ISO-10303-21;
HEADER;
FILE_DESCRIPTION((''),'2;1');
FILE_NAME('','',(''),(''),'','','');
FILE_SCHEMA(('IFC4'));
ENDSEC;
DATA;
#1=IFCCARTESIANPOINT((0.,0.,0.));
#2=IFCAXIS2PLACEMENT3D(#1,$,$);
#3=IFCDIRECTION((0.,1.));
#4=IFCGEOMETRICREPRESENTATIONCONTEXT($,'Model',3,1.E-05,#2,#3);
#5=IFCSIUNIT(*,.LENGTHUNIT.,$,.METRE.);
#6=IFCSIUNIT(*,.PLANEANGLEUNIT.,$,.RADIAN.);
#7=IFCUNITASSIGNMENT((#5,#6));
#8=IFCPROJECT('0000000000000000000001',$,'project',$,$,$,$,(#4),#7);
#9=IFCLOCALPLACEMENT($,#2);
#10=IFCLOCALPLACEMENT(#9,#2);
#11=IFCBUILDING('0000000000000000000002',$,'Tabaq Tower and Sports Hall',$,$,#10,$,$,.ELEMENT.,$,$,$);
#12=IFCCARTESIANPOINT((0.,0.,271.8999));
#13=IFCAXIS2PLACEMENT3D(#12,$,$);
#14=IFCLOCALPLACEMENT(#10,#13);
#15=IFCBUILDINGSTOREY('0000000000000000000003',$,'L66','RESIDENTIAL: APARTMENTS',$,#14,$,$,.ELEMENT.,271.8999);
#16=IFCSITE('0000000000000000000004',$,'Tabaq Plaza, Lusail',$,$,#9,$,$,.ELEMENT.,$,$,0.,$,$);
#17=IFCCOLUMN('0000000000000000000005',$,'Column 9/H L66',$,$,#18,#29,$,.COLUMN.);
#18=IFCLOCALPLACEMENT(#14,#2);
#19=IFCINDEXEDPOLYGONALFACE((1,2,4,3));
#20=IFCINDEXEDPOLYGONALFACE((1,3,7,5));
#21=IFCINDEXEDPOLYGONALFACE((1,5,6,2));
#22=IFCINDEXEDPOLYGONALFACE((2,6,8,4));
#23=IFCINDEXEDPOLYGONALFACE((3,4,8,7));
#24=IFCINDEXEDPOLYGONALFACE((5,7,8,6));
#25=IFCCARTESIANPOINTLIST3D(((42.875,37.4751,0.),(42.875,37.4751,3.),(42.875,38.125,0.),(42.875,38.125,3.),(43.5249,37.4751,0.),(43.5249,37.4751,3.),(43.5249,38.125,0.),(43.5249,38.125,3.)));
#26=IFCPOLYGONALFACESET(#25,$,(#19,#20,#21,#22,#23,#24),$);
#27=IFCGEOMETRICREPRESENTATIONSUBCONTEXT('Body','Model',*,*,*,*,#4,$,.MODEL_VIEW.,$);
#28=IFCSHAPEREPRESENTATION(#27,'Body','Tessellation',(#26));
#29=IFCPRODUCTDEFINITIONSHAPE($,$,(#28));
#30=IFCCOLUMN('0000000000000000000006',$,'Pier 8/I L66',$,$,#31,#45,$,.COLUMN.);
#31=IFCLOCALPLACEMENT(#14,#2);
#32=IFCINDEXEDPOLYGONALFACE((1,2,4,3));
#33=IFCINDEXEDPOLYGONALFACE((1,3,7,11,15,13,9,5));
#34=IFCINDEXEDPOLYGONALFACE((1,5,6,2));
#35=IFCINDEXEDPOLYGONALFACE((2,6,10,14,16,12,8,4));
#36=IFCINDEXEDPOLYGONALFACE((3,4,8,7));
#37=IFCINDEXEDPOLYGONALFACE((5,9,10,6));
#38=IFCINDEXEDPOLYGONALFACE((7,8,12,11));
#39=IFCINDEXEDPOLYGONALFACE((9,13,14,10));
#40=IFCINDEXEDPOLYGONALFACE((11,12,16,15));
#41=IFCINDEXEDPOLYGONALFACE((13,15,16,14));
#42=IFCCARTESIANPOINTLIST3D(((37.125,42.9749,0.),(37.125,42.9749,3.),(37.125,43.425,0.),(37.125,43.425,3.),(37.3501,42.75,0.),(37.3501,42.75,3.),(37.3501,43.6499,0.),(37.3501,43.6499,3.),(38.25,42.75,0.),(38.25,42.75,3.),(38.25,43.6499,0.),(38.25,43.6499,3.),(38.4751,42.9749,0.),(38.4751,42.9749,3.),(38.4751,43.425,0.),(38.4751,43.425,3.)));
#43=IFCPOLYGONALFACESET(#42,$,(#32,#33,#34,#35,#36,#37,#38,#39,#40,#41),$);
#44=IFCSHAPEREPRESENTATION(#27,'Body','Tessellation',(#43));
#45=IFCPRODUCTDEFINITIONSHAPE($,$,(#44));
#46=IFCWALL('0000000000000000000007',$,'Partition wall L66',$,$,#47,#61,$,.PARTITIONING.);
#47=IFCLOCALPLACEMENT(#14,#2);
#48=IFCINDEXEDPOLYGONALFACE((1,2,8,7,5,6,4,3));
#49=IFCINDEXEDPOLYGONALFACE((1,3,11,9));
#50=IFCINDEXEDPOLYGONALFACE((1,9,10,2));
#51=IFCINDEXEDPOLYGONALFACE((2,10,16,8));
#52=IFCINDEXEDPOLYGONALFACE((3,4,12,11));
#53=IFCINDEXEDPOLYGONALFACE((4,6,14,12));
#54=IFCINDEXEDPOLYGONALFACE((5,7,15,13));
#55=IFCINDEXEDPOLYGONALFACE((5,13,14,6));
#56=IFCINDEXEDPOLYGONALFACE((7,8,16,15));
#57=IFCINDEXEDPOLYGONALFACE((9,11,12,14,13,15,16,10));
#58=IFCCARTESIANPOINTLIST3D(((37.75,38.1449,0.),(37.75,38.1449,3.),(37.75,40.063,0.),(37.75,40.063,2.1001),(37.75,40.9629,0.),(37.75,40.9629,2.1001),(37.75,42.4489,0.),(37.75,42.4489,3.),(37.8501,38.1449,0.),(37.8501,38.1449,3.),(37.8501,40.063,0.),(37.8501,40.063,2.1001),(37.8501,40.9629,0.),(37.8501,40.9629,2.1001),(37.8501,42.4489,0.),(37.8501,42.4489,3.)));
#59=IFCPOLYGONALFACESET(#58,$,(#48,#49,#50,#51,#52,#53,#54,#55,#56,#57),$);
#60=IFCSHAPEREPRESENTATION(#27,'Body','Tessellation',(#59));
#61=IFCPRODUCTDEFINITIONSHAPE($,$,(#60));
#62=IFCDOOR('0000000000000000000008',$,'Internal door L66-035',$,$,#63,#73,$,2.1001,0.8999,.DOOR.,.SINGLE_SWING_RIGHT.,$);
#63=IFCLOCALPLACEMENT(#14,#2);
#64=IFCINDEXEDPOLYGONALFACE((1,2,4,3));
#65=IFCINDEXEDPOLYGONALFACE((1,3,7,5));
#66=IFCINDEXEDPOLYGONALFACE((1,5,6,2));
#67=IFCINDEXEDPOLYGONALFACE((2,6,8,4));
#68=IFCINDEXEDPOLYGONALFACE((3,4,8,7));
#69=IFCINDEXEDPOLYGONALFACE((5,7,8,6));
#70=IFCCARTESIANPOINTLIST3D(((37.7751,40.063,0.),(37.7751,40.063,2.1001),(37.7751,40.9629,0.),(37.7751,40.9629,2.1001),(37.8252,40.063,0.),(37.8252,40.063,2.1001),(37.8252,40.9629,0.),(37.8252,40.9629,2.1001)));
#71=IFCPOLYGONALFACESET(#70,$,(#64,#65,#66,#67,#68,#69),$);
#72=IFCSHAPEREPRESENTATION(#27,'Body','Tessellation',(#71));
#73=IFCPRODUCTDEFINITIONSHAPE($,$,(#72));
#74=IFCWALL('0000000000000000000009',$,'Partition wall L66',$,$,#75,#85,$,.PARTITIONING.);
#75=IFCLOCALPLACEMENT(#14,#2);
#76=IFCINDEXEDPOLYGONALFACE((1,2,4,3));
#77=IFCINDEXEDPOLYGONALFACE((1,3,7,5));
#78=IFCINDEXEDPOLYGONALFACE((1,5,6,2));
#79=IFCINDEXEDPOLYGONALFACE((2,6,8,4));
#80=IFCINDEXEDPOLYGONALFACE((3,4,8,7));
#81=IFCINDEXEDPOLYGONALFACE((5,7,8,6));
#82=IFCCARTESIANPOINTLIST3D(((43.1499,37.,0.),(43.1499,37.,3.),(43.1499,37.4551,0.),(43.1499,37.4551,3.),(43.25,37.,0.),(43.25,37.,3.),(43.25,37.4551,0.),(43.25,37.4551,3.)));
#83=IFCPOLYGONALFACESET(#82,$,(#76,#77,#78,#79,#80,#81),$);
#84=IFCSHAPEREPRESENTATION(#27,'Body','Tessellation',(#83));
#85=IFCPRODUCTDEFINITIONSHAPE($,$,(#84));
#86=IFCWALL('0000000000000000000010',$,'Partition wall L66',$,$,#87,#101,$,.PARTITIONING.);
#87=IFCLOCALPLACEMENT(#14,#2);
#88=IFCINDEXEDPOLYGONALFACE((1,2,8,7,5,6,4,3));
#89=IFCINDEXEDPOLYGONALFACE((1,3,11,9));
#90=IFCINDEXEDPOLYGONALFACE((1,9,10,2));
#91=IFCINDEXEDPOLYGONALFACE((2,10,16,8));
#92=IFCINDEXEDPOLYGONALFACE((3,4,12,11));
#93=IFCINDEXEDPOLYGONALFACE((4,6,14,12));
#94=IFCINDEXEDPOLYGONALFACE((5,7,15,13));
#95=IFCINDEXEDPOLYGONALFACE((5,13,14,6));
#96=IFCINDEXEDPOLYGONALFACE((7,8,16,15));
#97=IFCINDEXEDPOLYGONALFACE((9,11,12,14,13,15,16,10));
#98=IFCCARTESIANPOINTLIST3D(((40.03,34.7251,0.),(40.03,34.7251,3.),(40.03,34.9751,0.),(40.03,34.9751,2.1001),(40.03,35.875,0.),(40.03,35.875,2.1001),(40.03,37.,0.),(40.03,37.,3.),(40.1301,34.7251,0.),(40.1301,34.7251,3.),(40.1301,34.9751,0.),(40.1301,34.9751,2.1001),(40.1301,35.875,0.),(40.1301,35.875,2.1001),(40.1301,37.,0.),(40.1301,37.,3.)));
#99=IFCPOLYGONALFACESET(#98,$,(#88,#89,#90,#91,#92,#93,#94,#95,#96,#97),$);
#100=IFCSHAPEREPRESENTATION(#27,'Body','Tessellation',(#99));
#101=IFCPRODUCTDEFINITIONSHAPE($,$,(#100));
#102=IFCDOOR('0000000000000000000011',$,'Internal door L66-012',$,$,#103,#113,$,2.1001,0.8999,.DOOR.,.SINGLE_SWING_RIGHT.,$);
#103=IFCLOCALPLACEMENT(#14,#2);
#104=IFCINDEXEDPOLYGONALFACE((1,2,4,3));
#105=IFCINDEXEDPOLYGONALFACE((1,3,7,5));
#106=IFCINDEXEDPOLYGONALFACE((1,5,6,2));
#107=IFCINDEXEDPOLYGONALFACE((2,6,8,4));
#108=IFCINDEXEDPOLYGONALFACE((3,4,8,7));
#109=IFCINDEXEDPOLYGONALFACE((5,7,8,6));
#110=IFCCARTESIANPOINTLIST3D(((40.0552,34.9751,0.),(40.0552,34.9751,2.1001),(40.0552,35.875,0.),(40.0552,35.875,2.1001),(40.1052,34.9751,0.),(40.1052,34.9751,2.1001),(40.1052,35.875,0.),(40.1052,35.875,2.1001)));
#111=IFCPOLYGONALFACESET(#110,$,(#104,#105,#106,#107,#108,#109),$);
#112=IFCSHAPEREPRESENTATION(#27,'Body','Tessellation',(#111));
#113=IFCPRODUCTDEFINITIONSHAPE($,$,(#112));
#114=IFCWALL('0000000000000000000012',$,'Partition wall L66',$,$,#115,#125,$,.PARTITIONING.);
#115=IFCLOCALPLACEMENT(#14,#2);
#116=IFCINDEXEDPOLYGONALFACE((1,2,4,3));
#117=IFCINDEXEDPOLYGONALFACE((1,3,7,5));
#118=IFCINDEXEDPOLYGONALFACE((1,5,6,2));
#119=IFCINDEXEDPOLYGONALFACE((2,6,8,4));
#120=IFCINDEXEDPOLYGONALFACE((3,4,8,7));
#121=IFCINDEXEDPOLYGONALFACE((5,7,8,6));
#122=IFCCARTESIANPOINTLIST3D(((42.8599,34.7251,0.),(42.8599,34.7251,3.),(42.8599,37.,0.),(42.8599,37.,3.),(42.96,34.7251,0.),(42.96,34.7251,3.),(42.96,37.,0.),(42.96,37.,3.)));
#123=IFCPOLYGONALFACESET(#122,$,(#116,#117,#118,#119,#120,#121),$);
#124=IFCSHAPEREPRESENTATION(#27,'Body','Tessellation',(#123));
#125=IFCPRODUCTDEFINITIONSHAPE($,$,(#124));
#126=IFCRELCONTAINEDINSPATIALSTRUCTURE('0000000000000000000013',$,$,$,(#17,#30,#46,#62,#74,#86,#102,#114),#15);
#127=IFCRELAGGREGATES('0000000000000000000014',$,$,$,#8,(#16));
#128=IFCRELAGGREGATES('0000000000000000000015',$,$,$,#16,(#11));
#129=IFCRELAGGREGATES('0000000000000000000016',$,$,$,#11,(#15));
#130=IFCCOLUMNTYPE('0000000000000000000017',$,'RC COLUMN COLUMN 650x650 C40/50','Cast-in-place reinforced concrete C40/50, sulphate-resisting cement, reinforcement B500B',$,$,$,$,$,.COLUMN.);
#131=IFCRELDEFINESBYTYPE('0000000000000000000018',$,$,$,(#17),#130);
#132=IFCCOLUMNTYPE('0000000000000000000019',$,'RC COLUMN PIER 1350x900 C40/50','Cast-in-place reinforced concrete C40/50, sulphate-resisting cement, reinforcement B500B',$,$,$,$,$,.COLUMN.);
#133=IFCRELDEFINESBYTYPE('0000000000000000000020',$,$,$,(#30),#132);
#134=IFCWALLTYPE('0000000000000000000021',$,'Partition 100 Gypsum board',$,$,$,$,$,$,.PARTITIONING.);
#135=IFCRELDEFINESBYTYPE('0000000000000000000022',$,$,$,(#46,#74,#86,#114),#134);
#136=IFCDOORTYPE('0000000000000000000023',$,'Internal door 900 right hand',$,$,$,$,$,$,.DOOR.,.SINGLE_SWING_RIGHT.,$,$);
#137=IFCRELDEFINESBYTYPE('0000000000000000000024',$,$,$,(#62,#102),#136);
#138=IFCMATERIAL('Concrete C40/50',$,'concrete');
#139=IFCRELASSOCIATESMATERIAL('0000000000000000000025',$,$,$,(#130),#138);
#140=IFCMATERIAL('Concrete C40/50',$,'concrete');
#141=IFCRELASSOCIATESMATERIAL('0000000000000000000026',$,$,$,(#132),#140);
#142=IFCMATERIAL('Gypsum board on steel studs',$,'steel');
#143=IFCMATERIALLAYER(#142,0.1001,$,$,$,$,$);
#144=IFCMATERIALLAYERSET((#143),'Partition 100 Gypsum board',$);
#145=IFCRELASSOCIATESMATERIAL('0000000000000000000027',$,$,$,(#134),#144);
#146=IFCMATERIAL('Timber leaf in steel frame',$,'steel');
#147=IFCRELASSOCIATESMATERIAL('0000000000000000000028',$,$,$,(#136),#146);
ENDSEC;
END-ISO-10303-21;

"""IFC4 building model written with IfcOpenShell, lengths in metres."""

from ifc_helpers import new_model, si_unit, direction, frame, frame_2d, origin, origin_2d, place, context, subcontext, project, spatial, polyline, rectangle, outline, extrude, material, layer, layer_set, material_profile, profile_set, type_object, element, fill, save


model = new_model("IFC4")

# Units and contexts
model_context = context("Model", 3, precision=1e-05, world=origin(), true_north=direction((0.0, 1.0)))
body_context = subcontext(model_context, "Body", "Model", "MODEL_VIEW")
ifc_project = project(units=[si_unit("LENGTHUNIT", "METRE"), si_unit("PLANEANGLEUNIT", "RADIAN")], contexts=[model_context])

# Site, building, storey
site_placement = place(None, origin())
site = spatial("IfcSite", under=ifc_project, at=site_placement, Name="Tabaq Plaza, Lusail", CompositionType="ELEMENT", RefElevation=0.0)
building_placement = place(site_placement, origin())
building = spatial("IfcBuilding", under=site, at=building_placement, Name="Tabaq Tower and Sports Hall", CompositionType="ELEMENT")
storey_placement = place(building_placement, frame((0.0, 0.0, 271.8999)))
storey = spatial("IfcBuildingStorey", under=building, at=storey_placement, Name="L66", Description="RESIDENTIAL: APARTMENTS", CompositionType="ELEMENT", Elevation=271.8999)

# Columns
ifc_material_1 = material(Name="Concrete C40/50", Category="concrete")
ifc_material_profile_1 = material_profile(ifc_material_1, rectangle(XDim=0.6499, YDim=0.6499, at=origin_2d()), Name="COLUMN 650x650")
ifc_profile_set_1 = profile_set([ifc_material_profile_1], Name="Concrete C40/50")
column_type_1 = type_object("IfcColumnType", Name="RC COLUMN COLUMN 650x650 C40/50", Description="Cast-in-place reinforced concrete C40/50, sulphate-resisting cement, reinforcement B500B", PredefinedType="COLUMN", material=ifc_profile_set_1)
column_1_placement = place(storey_placement, frame((43.2, 37.8, 0.0), z_axis=(0.0, 0.0, 1.0), x_axis=(1.0, 0.0, 0.0)))
element("IfcColumn", 1, at=column_1_placement, inside=storey, type_object=column_type_1, Name="Column 9/H L66", PredefinedType="COLUMN", context=body_context, shape_type="SweptSolid", body=[
    extrude(rectangle(XDim=0.6499, YDim=0.6499, at=origin_2d()), origin(), (0.0, 0.0, 1.0), 3.0),
])
ifc_material_2 = material(Name="Concrete C40/50", Category="concrete")
ifc_material_profile_2 = material_profile(ifc_material_2, outline(polyline([(-0.45, -0.45), (0.45, -0.45), (0.675, -0.2251), (0.675, 0.2251), (0.45, 0.45), (-0.45, 0.45), (-0.675, 0.2251), (-0.675, -0.2251), (-0.45, -0.45)])), Name="PIER 1350x900")
ifc_profile_set_2 = profile_set([ifc_material_profile_2], Name="Concrete C40/50")
column_type_2 = type_object("IfcColumnType", Name="RC COLUMN PIER 1350x900 C40/50", Description="Cast-in-place reinforced concrete C40/50, sulphate-resisting cement, reinforcement B500B", PredefinedType="COLUMN", material=ifc_profile_set_2)
column_2_placement = place(storey_placement, frame((37.8, 43.2, 0.0), z_axis=(0.0, 0.0, 1.0), x_axis=(1.0, 0.0, 0.0)))
element("IfcColumn", 2, at=column_2_placement, inside=storey, type_object=column_type_2, Name="Pier 8/I L66", PredefinedType="COLUMN", context=body_context, shape_type="SweptSolid", body=[
    extrude(outline(polyline([(-0.45, -0.45), (0.45, -0.45), (0.675, -0.2251), (0.675, 0.2251), (0.45, 0.45), (-0.45, 0.45), (-0.675, 0.2251), (-0.675, -0.2251), (-0.45, -0.45)])), origin(), (0.0, 0.0, 1.0), 3.0),
])

# Wall, opening, door
ifc_material_3 = material(Name="Gypsum board on steel studs", Category="steel")
ifc_layer_1 = layer(ifc_material_3, 0.1001)
ifc_layer_set_1 = layer_set([ifc_layer_1], Name="Partition 100 Gypsum board")
wall_type_1 = type_object("IfcWallType", Name="Partition 100 Gypsum board", PredefinedType="PARTITIONING", material=ifc_layer_set_1)
wall_1_placement = place(storey_placement, frame((37.8, 38.145, 0.0), z_axis=(0.0, 0.0, 1.0), x_axis=(0.0, 1.0, 0.0)))
wall_1 = element("IfcWall", 3, at=wall_1_placement, inside=storey, type_object=wall_type_1, Name="Partition wall L66", PredefinedType="PARTITIONING", context=body_context, shape_type="SweptSolid", body=[
    extrude(rectangle(XDim=4.304, YDim=0.1001, at=frame_2d((2.1519, 0.0))), origin(), (0.0, 0.0, 1.0), 3.0),
])
opening_1_placement = place(wall_1_placement, frame((1.918, 0.0, 0.0)))
opening_1 = element("IfcOpeningElement", 4, at=opening_1_placement, cuts=wall_1, PredefinedType="OPENING", context=body_context, shape_type="SweptSolid", body=[
    extrude(rectangle(XDim=0.8999, YDim=2.1001, at=frame_2d((0.45, 1.05))), frame((0.0, 0.05, 0.0), z_axis=(0.0, -1.0, 0.0), x_axis=(1.0, 0.0, 0.0)), (0.0, 0.0, 1.0), 0.1001),
])
ifc_material_4 = material(Name="Timber leaf in steel frame", Category="steel")
door_type = type_object("IfcDoorType", Name="Internal door 900 right hand", OperationType="SINGLE_SWING_RIGHT", PredefinedType="DOOR", material=ifc_material_4)
door_1_placement = place(opening_1_placement, origin())
door_1 = element("IfcDoor", 5, at=door_1_placement, inside=storey, type_object=door_type, Name="Internal door L66-035", OperationType="SINGLE_SWING_RIGHT", OverallHeight=2.1001, OverallWidth=0.8999, PredefinedType="DOOR", context=body_context, shape_type="SweptSolid", body=[
    extrude(rectangle(XDim=0.8999, YDim=2.1001, at=frame_2d((0.45, 1.05))), frame((0.0, 0.0249, 0.0), z_axis=(0.0, -1.0, 0.0), x_axis=(1.0, 0.0, 0.0)), (0.0, 0.0, 1.0), 0.05),
])
fill(opening_1, door_1)

# Wall
wall_2_placement = place(storey_placement, frame((43.2, 37.0, 0.0), z_axis=(0.0, 0.0, 1.0), x_axis=(0.0, 1.0, 0.0)))
element("IfcWall", 6, at=wall_2_placement, inside=storey, type_object=wall_type_1, Name="Partition wall L66", PredefinedType="PARTITIONING", context=body_context, shape_type="SweptSolid", body=[
    extrude(rectangle(XDim=0.4551, YDim=0.1001, at=frame_2d((0.2275, 0.0))), origin(), (0.0, 0.0, 1.0), 3.0),
])

# Wall, opening, door
wall_3_placement = place(storey_placement, frame((40.0801, 34.7251, 0.0), z_axis=(0.0, 0.0, 1.0), x_axis=(0.0, 1.0, 0.0)))
wall_3 = element("IfcWall", 7, at=wall_3_placement, inside=storey, type_object=wall_type_1, Name="Partition wall L66", PredefinedType="PARTITIONING", context=body_context, shape_type="SweptSolid", body=[
    extrude(rectangle(XDim=2.2749, YDim=0.1001, at=frame_2d((1.1375, 0.0))), origin(), (0.0, 0.0, 1.0), 3.0),
])
opening_2_placement = place(wall_3_placement, frame((0.25, 0.0, 0.0)))
opening_2 = element("IfcOpeningElement", 8, at=opening_2_placement, cuts=wall_3, PredefinedType="OPENING", context=body_context, shape_type="SweptSolid", body=[
    extrude(rectangle(XDim=0.8999, YDim=2.1001, at=frame_2d((0.45, 1.05))), frame((0.0, 0.05, 0.0), z_axis=(0.0, -1.0, 0.0), x_axis=(1.0, 0.0, 0.0)), (0.0, 0.0, 1.0), 0.1001),
])
door_2_placement = place(opening_2_placement, origin())
door_2 = element("IfcDoor", 9, at=door_2_placement, inside=storey, type_object=door_type, Name="Internal door L66-012", OperationType="SINGLE_SWING_RIGHT", OverallHeight=2.1001, OverallWidth=0.8999, PredefinedType="DOOR", context=body_context, shape_type="SweptSolid", body=[
    extrude(rectangle(XDim=0.8999, YDim=2.1001, at=frame_2d((0.45, 1.05))), frame((0.0, 0.0249, 0.0), z_axis=(0.0, -1.0, 0.0), x_axis=(1.0, 0.0, 0.0)), (0.0, 0.0, 1.0), 0.05),
])
fill(opening_2, door_2)

# Wall
wall_4_placement = place(storey_placement, frame((42.9099, 34.7251, 0.0), z_axis=(0.0, 0.0, 1.0), x_axis=(0.0, 1.0, 0.0)))
element("IfcWall", 10, at=wall_4_placement, inside=storey, type_object=wall_type_1, Name="Partition wall L66", PredefinedType="PARTITIONING", context=body_context, shape_type="SweptSolid", body=[
    extrude(rectangle(XDim=2.2749, YDim=0.1001, at=frame_2d((1.1375, 0.0))), origin(), (0.0, 0.0, 1.0), 3.0),
])

save(model, "model.ifc")
